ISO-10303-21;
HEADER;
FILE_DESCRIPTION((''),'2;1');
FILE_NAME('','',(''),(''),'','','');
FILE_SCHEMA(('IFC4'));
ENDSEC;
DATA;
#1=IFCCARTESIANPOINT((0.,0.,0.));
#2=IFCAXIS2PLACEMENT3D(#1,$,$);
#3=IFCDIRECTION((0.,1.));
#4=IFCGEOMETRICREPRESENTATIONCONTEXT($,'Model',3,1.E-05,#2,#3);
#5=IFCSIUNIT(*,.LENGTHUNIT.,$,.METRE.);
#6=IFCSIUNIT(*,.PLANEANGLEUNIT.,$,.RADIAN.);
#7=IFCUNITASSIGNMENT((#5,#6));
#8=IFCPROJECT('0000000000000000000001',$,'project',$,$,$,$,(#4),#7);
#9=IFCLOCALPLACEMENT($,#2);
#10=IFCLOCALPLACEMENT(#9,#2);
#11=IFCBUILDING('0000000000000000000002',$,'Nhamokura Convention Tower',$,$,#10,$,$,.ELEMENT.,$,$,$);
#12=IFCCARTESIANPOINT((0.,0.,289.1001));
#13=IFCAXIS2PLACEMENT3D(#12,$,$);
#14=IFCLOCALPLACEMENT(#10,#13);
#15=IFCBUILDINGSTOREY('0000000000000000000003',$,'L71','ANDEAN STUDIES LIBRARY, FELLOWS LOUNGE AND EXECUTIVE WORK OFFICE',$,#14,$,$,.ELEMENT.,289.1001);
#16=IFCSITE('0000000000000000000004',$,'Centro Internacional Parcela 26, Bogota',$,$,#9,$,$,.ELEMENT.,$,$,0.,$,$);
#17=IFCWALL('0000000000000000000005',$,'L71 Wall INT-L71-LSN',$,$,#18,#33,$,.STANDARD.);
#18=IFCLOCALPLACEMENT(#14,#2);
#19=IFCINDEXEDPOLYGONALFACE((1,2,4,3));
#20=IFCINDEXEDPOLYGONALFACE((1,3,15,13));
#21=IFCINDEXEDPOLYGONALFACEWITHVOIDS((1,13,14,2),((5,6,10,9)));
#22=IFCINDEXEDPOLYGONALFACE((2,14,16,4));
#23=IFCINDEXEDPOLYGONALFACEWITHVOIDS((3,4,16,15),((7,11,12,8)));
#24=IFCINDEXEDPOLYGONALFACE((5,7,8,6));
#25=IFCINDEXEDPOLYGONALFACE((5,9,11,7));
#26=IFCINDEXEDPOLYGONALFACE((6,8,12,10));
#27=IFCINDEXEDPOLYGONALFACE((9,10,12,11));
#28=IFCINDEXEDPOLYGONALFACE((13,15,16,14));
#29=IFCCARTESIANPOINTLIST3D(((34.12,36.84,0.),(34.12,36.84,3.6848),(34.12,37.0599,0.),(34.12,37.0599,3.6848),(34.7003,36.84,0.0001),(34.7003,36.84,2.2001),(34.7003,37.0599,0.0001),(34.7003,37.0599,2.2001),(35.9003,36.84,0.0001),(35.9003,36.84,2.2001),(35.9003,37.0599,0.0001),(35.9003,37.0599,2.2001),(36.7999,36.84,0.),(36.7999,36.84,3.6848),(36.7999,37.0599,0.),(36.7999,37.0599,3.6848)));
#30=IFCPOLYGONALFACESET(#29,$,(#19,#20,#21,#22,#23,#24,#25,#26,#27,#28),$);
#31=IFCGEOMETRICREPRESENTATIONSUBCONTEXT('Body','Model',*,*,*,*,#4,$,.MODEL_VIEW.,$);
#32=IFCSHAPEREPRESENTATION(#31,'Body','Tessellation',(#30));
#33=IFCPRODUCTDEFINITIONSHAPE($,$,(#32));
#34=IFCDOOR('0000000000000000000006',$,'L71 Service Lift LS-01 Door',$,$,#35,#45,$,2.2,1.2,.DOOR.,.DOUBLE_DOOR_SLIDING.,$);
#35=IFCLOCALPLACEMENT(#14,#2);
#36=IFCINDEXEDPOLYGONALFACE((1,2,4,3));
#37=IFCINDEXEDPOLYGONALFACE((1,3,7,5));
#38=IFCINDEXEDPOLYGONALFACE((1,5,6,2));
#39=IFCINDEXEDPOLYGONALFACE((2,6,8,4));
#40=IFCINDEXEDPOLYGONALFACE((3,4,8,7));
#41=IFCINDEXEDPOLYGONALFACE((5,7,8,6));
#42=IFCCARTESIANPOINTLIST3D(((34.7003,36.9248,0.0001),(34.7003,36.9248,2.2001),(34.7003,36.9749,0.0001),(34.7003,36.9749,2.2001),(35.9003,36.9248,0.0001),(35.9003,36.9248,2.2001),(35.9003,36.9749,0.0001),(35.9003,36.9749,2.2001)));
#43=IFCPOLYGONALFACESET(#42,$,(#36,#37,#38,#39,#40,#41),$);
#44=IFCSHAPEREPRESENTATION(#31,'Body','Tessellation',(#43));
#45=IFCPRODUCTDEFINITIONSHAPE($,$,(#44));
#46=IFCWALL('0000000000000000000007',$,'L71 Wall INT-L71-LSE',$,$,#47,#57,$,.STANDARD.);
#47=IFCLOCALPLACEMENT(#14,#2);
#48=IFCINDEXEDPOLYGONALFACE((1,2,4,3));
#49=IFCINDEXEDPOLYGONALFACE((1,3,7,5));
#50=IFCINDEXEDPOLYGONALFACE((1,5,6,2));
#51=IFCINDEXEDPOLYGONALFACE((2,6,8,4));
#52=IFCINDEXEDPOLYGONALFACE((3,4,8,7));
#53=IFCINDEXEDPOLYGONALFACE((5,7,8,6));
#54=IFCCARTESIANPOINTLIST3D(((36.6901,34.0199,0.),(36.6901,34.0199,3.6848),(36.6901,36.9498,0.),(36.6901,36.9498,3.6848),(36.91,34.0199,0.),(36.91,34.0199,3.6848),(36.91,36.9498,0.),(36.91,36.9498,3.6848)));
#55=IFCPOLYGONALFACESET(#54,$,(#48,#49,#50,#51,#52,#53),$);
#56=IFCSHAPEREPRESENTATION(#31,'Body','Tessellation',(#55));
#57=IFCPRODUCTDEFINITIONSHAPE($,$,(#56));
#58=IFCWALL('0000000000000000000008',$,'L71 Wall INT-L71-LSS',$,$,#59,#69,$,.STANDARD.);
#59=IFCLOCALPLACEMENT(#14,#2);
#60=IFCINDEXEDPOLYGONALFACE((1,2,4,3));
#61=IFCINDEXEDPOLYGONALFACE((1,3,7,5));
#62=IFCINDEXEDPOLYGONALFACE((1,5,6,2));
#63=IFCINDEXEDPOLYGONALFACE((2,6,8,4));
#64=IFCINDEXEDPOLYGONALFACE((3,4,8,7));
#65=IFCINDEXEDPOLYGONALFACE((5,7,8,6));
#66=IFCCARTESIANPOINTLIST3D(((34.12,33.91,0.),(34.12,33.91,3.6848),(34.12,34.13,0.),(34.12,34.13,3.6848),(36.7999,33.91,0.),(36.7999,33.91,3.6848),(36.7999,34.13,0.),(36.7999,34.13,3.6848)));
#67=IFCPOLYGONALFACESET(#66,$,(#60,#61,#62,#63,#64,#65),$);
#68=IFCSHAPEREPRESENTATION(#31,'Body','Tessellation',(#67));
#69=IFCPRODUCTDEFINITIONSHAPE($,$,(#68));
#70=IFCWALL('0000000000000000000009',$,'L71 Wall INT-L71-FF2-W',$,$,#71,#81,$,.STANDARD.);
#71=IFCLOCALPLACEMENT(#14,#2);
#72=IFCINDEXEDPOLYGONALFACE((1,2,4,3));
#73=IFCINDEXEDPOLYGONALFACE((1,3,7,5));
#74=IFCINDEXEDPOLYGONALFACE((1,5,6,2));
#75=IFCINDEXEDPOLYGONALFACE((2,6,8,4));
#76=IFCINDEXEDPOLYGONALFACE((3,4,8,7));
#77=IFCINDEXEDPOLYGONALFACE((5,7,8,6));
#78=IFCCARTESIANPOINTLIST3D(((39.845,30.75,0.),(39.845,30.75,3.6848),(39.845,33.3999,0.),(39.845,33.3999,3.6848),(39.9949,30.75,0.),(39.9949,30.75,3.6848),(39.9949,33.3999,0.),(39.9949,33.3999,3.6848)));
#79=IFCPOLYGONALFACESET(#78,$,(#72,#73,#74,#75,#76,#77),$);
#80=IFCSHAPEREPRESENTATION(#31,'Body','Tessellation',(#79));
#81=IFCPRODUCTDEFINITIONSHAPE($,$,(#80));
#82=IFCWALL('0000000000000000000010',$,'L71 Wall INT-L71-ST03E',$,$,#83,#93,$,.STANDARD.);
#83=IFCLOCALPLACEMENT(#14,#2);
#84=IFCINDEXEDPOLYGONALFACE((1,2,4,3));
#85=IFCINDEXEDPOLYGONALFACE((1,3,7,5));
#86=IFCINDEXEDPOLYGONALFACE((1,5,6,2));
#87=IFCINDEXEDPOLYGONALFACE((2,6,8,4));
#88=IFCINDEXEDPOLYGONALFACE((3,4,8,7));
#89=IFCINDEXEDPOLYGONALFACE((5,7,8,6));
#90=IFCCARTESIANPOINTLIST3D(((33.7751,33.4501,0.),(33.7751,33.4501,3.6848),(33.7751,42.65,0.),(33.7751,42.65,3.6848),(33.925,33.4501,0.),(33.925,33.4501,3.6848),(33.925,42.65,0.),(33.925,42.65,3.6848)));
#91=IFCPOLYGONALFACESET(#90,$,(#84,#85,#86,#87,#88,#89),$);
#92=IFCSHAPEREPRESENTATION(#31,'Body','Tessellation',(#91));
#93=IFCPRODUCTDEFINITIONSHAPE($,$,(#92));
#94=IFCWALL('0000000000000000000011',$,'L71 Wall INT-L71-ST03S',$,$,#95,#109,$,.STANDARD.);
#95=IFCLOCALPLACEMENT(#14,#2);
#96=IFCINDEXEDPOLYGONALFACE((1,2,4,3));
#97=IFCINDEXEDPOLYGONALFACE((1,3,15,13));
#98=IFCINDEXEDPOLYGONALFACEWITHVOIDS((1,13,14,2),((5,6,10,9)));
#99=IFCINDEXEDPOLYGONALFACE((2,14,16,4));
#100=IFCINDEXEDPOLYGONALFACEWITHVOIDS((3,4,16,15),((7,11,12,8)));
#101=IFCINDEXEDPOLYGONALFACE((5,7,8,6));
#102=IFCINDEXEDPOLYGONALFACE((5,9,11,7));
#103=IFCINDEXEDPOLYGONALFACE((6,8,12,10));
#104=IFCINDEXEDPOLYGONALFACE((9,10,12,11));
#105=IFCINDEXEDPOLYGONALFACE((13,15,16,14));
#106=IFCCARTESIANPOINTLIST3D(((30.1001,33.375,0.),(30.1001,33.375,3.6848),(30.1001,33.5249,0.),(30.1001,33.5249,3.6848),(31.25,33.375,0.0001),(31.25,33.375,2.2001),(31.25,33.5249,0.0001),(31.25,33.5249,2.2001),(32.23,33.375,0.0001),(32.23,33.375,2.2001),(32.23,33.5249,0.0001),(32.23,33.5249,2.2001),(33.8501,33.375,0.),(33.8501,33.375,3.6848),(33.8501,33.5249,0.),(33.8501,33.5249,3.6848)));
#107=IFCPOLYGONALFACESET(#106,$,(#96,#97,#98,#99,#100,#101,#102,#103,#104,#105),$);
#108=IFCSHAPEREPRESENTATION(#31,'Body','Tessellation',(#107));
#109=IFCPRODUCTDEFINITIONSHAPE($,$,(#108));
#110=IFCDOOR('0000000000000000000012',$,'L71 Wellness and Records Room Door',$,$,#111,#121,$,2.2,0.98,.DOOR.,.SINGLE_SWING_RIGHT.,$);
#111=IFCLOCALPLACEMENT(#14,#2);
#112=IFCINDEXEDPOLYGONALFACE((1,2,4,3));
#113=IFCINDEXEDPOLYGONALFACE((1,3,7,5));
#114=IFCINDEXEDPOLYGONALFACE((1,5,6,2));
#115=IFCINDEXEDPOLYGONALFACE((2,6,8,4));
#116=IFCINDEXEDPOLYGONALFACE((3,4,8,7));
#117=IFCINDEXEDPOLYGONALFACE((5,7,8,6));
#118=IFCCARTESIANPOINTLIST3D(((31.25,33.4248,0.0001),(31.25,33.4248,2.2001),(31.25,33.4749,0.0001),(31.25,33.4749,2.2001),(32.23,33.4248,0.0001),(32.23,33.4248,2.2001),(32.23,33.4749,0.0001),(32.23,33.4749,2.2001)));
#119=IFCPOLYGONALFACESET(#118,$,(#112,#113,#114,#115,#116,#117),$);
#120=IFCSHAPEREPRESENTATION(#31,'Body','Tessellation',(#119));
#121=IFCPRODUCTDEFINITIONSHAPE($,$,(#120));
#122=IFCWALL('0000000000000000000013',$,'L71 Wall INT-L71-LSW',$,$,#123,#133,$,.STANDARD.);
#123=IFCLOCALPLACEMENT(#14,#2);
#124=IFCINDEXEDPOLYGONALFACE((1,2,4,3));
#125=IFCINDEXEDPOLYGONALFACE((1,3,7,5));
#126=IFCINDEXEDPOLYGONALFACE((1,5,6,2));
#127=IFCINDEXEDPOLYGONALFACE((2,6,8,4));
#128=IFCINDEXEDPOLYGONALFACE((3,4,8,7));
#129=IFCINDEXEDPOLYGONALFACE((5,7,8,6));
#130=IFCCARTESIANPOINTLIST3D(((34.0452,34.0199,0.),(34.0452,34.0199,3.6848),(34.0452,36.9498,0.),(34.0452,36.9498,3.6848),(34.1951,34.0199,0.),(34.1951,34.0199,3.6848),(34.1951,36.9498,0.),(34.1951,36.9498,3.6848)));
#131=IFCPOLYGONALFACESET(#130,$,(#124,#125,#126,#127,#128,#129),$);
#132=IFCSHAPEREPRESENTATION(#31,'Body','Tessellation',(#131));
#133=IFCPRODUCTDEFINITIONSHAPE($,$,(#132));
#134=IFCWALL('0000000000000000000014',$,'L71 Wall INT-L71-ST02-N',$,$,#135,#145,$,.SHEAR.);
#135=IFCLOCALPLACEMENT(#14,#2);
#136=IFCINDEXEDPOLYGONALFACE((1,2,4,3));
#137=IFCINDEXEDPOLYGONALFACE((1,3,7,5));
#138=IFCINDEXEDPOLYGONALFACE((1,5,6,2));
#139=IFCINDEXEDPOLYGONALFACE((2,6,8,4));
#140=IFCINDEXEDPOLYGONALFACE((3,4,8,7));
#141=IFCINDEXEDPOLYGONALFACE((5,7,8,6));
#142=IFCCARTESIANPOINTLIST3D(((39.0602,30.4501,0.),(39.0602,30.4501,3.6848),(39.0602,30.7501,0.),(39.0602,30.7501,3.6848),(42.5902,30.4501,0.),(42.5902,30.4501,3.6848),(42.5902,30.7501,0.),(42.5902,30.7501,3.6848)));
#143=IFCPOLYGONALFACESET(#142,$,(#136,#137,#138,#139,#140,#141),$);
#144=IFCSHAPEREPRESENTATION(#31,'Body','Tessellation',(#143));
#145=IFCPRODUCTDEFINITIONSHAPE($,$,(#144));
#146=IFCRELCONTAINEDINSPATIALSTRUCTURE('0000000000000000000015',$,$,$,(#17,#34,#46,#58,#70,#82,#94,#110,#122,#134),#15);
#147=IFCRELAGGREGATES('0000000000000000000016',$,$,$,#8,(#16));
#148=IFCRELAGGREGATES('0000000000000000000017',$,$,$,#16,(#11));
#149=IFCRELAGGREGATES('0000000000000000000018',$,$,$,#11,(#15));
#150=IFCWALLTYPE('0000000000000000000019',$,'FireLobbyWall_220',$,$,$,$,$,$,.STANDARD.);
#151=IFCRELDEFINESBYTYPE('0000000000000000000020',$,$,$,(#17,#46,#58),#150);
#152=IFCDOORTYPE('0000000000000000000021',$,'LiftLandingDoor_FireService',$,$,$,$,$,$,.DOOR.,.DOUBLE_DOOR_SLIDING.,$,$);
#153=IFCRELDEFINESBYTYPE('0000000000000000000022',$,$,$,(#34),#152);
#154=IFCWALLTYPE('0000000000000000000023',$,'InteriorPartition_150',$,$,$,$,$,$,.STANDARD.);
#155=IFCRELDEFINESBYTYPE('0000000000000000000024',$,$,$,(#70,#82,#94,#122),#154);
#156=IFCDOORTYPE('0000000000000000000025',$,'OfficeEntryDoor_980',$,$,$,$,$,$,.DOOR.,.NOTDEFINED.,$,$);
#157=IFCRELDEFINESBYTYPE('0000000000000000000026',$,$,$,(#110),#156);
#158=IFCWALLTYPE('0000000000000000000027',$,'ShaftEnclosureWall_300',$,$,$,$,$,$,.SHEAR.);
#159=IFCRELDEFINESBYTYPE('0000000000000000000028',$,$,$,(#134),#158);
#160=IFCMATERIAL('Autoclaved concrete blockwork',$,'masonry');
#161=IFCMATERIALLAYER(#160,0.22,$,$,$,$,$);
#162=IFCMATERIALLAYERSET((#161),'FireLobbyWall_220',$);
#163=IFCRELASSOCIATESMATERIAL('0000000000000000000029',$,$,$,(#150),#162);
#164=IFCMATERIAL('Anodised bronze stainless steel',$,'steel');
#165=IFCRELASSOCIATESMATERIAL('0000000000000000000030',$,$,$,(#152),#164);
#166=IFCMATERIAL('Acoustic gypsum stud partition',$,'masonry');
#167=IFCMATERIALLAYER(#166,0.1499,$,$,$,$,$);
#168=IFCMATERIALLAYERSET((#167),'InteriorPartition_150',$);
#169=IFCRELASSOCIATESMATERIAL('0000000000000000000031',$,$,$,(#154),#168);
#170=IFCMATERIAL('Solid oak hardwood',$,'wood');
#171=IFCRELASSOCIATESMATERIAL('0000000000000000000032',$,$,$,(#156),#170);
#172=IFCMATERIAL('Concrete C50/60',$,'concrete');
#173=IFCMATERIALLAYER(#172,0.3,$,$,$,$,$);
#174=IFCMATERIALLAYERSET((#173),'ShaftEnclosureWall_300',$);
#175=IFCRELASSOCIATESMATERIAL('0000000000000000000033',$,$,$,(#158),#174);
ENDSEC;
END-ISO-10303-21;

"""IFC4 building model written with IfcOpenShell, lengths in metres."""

from ifc_helpers import new_model, si_unit, direction, frame, frame_2d, origin, place, context, subcontext, project, spatial, rectangle, extrude, material, layer, layer_set, type_object, element, fill, save


model = new_model("IFC4")

# Units and contexts
model_context = context("Model", 3, precision=1e-05, world=origin(), true_north=direction((0.0, 1.0)))
body_context = subcontext(model_context, "Body", "Model", "MODEL_VIEW")
ifc_project = project(units=[si_unit("LENGTHUNIT", "METRE"), si_unit("PLANEANGLEUNIT", "RADIAN")], contexts=[model_context])

# Site, building, storey
site_placement = place(None, origin())
site = spatial("IfcSite", under=ifc_project, at=site_placement, Name="Centro Internacional Parcela 26, Bogota", CompositionType="ELEMENT", RefElevation=0.0)
building_placement = place(site_placement, origin())
building = spatial("IfcBuilding", under=site, at=building_placement, Name="Nhamokura Convention Tower", CompositionType="ELEMENT")
storey_placement = place(building_placement, frame((0.0, 0.0, 289.1001)))
storey = spatial("IfcBuildingStorey", under=building, at=storey_placement, Name="L71", Description="ANDEAN STUDIES LIBRARY, FELLOWS LOUNGE AND EXECUTIVE WORK OFFICE", CompositionType="ELEMENT", Elevation=289.1001)

# Shared definitions
ifc_material_1 = material(Name="Autoclaved concrete blockwork", Category="masonry")
ifc_layer_1 = layer(ifc_material_1, 0.22)
ifc_layer_set_1 = layer_set([ifc_layer_1], Name="FireLobbyWall_220")
wall_type_1 = type_object("IfcWallType", Name="FireLobbyWall_220", PredefinedType="STANDARD", material=ifc_layer_set_1)
ifc_material_2 = material(Name="Anodised bronze stainless steel", Category="steel")
door_type_1 = type_object("IfcDoorType", Name="LiftLandingDoor_FireService", OperationType="DOUBLE_DOOR_SLIDING", PredefinedType="DOOR", material=ifc_material_2)

# Wall, opening, door
wall_1_placement = place(storey_placement, frame((34.1201, 36.95, 0.0), z_axis=(0.0, 0.0, 1.0), x_axis=(1.0, 0.0, 0.0)))
wall_1 = element("IfcWall", 1, at=wall_1_placement, inside=storey, type_object=wall_type_1, Name="L71 Wall INT-L71-LSN", PredefinedType="STANDARD", context=body_context, shape_type="SweptSolid", body=[
    extrude(rectangle(XDim=2.6799, YDim=0.22, at=frame_2d((1.3398, 0.0))), origin(), (0.0, 0.0, 1.0), 3.6848),
])
opening_1_placement = place(wall_1_placement, frame((0.5801, 0.0, 0.0)))
opening_1 = element("IfcOpeningElement", 2, at=opening_1_placement, cuts=wall_1, PredefinedType="OPENING", context=body_context, shape_type="SweptSolid", body=[
    extrude(rectangle(XDim=1.2, YDim=2.2, at=frame_2d((0.6001, 1.1001))), frame((0.0, 0.1199, 0.0), z_axis=(0.0, -1.0, 0.0), x_axis=(1.0, 0.0, 0.0)), (0.0, 0.0, 1.0), 0.24),
])
door_1_placement = place(opening_1_placement, origin())
door_1 = element("IfcDoor", 3, at=door_1_placement, inside=storey, type_object=door_type_1, Name="L71 Service Lift LS-01 Door", OperationType="DOUBLE_DOOR_SLIDING", OverallHeight=2.2, OverallWidth=1.2, PredefinedType="DOOR", context=body_context, shape_type="SweptSolid", body=[
    extrude(rectangle(XDim=1.2, YDim=2.2, at=frame_2d((0.6001, 1.1001))), frame((0.0, 0.0249, 0.0), z_axis=(0.0, -1.0, 0.0), x_axis=(1.0, 0.0, 0.0)), (0.0, 0.0, 1.0), 0.05),
])
fill(opening_1, door_1)

# Walls
wall_2_placement = place(storey_placement, frame((36.8, 34.02, 0.0), z_axis=(0.0, 0.0, 1.0), x_axis=(0.0, 1.0, 0.0)))
element("IfcWall", 4, at=wall_2_placement, inside=storey, type_object=wall_type_1, Name="L71 Wall INT-L71-LSE", PredefinedType="STANDARD", context=body_context, shape_type="SweptSolid", body=[
    extrude(rectangle(XDim=2.9299, YDim=0.22, at=frame_2d((1.4648, 0.0))), origin(), (0.0, 0.0, 1.0), 3.6848),
])
wall_3_placement = place(storey_placement, frame((34.1201, 34.02, 0.0), z_axis=(0.0, 0.0, 1.0), x_axis=(1.0, 0.0, 0.0)))
element("IfcWall", 5, at=wall_3_placement, inside=storey, type_object=wall_type_1, Name="L71 Wall INT-L71-LSS", PredefinedType="STANDARD", context=body_context, shape_type="SweptSolid", body=[
    extrude(rectangle(XDim=2.6799, YDim=0.22, at=frame_2d((1.3398, 0.0))), origin(), (0.0, 0.0, 1.0), 3.6848),
])
ifc_material_3 = material(Name="Acoustic gypsum stud partition", Category="masonry")
ifc_layer_2 = layer(ifc_material_3, 0.1499)
ifc_layer_set_2 = layer_set([ifc_layer_2], Name="InteriorPartition_150")
wall_type_2 = type_object("IfcWallType", Name="InteriorPartition_150", PredefinedType="STANDARD", material=ifc_layer_set_2)
wall_4_placement = place(storey_placement, frame((39.9199, 30.75, 0.0), z_axis=(0.0, 0.0, 1.0), x_axis=(0.0, 1.0, 0.0)))
element("IfcWall", 6, at=wall_4_placement, inside=storey, type_object=wall_type_2, Name="L71 Wall INT-L71-FF2-W", PredefinedType="STANDARD", context=body_context, shape_type="SweptSolid", body=[
    extrude(rectangle(XDim=2.6499, YDim=0.1499, at=frame_2d((1.325, 0.0))), origin(), (0.0, 0.0, 1.0), 3.6848),
])
wall_5_placement = place(storey_placement, frame((33.8501, 33.45, 0.0), z_axis=(0.0, 0.0, 1.0), x_axis=(0.0, 1.0, 0.0)))
element("IfcWall", 7, at=wall_5_placement, inside=storey, type_object=wall_type_2, Name="L71 Wall INT-L71-ST03E", PredefinedType="STANDARD", context=body_context, shape_type="SweptSolid", body=[
    extrude(rectangle(XDim=9.2, YDim=0.1499, at=frame_2d((4.6001, 0.0))), origin(), (0.0, 0.0, 1.0), 3.6848),
])

# Wall, opening, door
wall_6_placement = place(storey_placement, frame((30.1001, 33.45, 0.0), z_axis=(0.0, 0.0, 1.0), x_axis=(1.0, 0.0, 0.0)))
wall_6 = element("IfcWall", 8, at=wall_6_placement, inside=storey, type_object=wall_type_2, Name="L71 Wall INT-L71-ST03S", PredefinedType="STANDARD", context=body_context, shape_type="SweptSolid", body=[
    extrude(rectangle(XDim=3.75, YDim=0.1499, at=frame_2d((1.875, 0.0))), origin(), (0.0, 0.0, 1.0), 3.6848),
])
opening_2_placement = place(wall_6_placement, frame((1.1499, 0.0, 0.0)))
opening_2 = element("IfcOpeningElement", 9, at=opening_2_placement, cuts=wall_6, PredefinedType="OPENING", context=body_context, shape_type="SweptSolid", body=[
    extrude(rectangle(XDim=0.98, YDim=2.2, at=frame_2d((0.49, 1.1001))), frame((0.0, 0.085, 0.0), z_axis=(0.0, -1.0, 0.0), x_axis=(1.0, 0.0, 0.0)), (0.0, 0.0, 1.0), 0.1699),
])
ifc_material_4 = material(Name="Solid oak hardwood", Category="wood")
door_type_2 = type_object("IfcDoorType", Name="OfficeEntryDoor_980", OperationType="NOTDEFINED", PredefinedType="DOOR", material=ifc_material_4)
door_2_placement = place(opening_2_placement, origin())
door_2 = element("IfcDoor", 10, at=door_2_placement, inside=storey, type_object=door_type_2, Name="L71 Wellness and Records Room Door", OperationType="SINGLE_SWING_RIGHT", OverallHeight=2.2, OverallWidth=0.98, PredefinedType="DOOR", context=body_context, shape_type="SweptSolid", body=[
    extrude(rectangle(XDim=0.98, YDim=2.2, at=frame_2d((0.49, 1.1001))), frame((0.0, 0.0249, 0.0), z_axis=(0.0, -1.0, 0.0), x_axis=(1.0, 0.0, 0.0)), (0.0, 0.0, 1.0), 0.05),
])
fill(opening_2, door_2)

# Walls
wall_7_placement = place(storey_placement, frame((34.1201, 34.02, 0.0), z_axis=(0.0, 0.0, 1.0), x_axis=(0.0, 1.0, 0.0)))
element("IfcWall", 11, at=wall_7_placement, inside=storey, type_object=wall_type_2, Name="L71 Wall INT-L71-LSW", PredefinedType="STANDARD", context=body_context, shape_type="SweptSolid", body=[
    extrude(rectangle(XDim=2.9299, YDim=0.1499, at=frame_2d((1.4648, 0.0))), origin(), (0.0, 0.0, 1.0), 3.6848),
])
ifc_material_5 = material(Name="Concrete C50/60", Category="concrete")
ifc_layer_3 = layer(ifc_material_5, 0.3)
ifc_layer_set_3 = layer_set([ifc_layer_3], Name="ShaftEnclosureWall_300")
wall_type_3 = type_object("IfcWallType", Name="ShaftEnclosureWall_300", PredefinedType="SHEAR", material=ifc_layer_set_3)
wall_8_placement = place(storey_placement, frame((39.0601, 30.6001, 0.0), z_axis=(0.0, 0.0, 1.0), x_axis=(1.0, 0.0, 0.0)))
element("IfcWall", 12, at=wall_8_placement, inside=storey, type_object=wall_type_3, Name="L71 Wall INT-L71-ST02-N", PredefinedType="SHEAR", context=body_context, shape_type="SweptSolid", body=[
    extrude(rectangle(XDim=3.53, YDim=0.3, at=frame_2d((1.7651, 0.0))), origin(), (0.0, 0.0, 1.0), 3.6848),
])

save(model, "model.ifc")
